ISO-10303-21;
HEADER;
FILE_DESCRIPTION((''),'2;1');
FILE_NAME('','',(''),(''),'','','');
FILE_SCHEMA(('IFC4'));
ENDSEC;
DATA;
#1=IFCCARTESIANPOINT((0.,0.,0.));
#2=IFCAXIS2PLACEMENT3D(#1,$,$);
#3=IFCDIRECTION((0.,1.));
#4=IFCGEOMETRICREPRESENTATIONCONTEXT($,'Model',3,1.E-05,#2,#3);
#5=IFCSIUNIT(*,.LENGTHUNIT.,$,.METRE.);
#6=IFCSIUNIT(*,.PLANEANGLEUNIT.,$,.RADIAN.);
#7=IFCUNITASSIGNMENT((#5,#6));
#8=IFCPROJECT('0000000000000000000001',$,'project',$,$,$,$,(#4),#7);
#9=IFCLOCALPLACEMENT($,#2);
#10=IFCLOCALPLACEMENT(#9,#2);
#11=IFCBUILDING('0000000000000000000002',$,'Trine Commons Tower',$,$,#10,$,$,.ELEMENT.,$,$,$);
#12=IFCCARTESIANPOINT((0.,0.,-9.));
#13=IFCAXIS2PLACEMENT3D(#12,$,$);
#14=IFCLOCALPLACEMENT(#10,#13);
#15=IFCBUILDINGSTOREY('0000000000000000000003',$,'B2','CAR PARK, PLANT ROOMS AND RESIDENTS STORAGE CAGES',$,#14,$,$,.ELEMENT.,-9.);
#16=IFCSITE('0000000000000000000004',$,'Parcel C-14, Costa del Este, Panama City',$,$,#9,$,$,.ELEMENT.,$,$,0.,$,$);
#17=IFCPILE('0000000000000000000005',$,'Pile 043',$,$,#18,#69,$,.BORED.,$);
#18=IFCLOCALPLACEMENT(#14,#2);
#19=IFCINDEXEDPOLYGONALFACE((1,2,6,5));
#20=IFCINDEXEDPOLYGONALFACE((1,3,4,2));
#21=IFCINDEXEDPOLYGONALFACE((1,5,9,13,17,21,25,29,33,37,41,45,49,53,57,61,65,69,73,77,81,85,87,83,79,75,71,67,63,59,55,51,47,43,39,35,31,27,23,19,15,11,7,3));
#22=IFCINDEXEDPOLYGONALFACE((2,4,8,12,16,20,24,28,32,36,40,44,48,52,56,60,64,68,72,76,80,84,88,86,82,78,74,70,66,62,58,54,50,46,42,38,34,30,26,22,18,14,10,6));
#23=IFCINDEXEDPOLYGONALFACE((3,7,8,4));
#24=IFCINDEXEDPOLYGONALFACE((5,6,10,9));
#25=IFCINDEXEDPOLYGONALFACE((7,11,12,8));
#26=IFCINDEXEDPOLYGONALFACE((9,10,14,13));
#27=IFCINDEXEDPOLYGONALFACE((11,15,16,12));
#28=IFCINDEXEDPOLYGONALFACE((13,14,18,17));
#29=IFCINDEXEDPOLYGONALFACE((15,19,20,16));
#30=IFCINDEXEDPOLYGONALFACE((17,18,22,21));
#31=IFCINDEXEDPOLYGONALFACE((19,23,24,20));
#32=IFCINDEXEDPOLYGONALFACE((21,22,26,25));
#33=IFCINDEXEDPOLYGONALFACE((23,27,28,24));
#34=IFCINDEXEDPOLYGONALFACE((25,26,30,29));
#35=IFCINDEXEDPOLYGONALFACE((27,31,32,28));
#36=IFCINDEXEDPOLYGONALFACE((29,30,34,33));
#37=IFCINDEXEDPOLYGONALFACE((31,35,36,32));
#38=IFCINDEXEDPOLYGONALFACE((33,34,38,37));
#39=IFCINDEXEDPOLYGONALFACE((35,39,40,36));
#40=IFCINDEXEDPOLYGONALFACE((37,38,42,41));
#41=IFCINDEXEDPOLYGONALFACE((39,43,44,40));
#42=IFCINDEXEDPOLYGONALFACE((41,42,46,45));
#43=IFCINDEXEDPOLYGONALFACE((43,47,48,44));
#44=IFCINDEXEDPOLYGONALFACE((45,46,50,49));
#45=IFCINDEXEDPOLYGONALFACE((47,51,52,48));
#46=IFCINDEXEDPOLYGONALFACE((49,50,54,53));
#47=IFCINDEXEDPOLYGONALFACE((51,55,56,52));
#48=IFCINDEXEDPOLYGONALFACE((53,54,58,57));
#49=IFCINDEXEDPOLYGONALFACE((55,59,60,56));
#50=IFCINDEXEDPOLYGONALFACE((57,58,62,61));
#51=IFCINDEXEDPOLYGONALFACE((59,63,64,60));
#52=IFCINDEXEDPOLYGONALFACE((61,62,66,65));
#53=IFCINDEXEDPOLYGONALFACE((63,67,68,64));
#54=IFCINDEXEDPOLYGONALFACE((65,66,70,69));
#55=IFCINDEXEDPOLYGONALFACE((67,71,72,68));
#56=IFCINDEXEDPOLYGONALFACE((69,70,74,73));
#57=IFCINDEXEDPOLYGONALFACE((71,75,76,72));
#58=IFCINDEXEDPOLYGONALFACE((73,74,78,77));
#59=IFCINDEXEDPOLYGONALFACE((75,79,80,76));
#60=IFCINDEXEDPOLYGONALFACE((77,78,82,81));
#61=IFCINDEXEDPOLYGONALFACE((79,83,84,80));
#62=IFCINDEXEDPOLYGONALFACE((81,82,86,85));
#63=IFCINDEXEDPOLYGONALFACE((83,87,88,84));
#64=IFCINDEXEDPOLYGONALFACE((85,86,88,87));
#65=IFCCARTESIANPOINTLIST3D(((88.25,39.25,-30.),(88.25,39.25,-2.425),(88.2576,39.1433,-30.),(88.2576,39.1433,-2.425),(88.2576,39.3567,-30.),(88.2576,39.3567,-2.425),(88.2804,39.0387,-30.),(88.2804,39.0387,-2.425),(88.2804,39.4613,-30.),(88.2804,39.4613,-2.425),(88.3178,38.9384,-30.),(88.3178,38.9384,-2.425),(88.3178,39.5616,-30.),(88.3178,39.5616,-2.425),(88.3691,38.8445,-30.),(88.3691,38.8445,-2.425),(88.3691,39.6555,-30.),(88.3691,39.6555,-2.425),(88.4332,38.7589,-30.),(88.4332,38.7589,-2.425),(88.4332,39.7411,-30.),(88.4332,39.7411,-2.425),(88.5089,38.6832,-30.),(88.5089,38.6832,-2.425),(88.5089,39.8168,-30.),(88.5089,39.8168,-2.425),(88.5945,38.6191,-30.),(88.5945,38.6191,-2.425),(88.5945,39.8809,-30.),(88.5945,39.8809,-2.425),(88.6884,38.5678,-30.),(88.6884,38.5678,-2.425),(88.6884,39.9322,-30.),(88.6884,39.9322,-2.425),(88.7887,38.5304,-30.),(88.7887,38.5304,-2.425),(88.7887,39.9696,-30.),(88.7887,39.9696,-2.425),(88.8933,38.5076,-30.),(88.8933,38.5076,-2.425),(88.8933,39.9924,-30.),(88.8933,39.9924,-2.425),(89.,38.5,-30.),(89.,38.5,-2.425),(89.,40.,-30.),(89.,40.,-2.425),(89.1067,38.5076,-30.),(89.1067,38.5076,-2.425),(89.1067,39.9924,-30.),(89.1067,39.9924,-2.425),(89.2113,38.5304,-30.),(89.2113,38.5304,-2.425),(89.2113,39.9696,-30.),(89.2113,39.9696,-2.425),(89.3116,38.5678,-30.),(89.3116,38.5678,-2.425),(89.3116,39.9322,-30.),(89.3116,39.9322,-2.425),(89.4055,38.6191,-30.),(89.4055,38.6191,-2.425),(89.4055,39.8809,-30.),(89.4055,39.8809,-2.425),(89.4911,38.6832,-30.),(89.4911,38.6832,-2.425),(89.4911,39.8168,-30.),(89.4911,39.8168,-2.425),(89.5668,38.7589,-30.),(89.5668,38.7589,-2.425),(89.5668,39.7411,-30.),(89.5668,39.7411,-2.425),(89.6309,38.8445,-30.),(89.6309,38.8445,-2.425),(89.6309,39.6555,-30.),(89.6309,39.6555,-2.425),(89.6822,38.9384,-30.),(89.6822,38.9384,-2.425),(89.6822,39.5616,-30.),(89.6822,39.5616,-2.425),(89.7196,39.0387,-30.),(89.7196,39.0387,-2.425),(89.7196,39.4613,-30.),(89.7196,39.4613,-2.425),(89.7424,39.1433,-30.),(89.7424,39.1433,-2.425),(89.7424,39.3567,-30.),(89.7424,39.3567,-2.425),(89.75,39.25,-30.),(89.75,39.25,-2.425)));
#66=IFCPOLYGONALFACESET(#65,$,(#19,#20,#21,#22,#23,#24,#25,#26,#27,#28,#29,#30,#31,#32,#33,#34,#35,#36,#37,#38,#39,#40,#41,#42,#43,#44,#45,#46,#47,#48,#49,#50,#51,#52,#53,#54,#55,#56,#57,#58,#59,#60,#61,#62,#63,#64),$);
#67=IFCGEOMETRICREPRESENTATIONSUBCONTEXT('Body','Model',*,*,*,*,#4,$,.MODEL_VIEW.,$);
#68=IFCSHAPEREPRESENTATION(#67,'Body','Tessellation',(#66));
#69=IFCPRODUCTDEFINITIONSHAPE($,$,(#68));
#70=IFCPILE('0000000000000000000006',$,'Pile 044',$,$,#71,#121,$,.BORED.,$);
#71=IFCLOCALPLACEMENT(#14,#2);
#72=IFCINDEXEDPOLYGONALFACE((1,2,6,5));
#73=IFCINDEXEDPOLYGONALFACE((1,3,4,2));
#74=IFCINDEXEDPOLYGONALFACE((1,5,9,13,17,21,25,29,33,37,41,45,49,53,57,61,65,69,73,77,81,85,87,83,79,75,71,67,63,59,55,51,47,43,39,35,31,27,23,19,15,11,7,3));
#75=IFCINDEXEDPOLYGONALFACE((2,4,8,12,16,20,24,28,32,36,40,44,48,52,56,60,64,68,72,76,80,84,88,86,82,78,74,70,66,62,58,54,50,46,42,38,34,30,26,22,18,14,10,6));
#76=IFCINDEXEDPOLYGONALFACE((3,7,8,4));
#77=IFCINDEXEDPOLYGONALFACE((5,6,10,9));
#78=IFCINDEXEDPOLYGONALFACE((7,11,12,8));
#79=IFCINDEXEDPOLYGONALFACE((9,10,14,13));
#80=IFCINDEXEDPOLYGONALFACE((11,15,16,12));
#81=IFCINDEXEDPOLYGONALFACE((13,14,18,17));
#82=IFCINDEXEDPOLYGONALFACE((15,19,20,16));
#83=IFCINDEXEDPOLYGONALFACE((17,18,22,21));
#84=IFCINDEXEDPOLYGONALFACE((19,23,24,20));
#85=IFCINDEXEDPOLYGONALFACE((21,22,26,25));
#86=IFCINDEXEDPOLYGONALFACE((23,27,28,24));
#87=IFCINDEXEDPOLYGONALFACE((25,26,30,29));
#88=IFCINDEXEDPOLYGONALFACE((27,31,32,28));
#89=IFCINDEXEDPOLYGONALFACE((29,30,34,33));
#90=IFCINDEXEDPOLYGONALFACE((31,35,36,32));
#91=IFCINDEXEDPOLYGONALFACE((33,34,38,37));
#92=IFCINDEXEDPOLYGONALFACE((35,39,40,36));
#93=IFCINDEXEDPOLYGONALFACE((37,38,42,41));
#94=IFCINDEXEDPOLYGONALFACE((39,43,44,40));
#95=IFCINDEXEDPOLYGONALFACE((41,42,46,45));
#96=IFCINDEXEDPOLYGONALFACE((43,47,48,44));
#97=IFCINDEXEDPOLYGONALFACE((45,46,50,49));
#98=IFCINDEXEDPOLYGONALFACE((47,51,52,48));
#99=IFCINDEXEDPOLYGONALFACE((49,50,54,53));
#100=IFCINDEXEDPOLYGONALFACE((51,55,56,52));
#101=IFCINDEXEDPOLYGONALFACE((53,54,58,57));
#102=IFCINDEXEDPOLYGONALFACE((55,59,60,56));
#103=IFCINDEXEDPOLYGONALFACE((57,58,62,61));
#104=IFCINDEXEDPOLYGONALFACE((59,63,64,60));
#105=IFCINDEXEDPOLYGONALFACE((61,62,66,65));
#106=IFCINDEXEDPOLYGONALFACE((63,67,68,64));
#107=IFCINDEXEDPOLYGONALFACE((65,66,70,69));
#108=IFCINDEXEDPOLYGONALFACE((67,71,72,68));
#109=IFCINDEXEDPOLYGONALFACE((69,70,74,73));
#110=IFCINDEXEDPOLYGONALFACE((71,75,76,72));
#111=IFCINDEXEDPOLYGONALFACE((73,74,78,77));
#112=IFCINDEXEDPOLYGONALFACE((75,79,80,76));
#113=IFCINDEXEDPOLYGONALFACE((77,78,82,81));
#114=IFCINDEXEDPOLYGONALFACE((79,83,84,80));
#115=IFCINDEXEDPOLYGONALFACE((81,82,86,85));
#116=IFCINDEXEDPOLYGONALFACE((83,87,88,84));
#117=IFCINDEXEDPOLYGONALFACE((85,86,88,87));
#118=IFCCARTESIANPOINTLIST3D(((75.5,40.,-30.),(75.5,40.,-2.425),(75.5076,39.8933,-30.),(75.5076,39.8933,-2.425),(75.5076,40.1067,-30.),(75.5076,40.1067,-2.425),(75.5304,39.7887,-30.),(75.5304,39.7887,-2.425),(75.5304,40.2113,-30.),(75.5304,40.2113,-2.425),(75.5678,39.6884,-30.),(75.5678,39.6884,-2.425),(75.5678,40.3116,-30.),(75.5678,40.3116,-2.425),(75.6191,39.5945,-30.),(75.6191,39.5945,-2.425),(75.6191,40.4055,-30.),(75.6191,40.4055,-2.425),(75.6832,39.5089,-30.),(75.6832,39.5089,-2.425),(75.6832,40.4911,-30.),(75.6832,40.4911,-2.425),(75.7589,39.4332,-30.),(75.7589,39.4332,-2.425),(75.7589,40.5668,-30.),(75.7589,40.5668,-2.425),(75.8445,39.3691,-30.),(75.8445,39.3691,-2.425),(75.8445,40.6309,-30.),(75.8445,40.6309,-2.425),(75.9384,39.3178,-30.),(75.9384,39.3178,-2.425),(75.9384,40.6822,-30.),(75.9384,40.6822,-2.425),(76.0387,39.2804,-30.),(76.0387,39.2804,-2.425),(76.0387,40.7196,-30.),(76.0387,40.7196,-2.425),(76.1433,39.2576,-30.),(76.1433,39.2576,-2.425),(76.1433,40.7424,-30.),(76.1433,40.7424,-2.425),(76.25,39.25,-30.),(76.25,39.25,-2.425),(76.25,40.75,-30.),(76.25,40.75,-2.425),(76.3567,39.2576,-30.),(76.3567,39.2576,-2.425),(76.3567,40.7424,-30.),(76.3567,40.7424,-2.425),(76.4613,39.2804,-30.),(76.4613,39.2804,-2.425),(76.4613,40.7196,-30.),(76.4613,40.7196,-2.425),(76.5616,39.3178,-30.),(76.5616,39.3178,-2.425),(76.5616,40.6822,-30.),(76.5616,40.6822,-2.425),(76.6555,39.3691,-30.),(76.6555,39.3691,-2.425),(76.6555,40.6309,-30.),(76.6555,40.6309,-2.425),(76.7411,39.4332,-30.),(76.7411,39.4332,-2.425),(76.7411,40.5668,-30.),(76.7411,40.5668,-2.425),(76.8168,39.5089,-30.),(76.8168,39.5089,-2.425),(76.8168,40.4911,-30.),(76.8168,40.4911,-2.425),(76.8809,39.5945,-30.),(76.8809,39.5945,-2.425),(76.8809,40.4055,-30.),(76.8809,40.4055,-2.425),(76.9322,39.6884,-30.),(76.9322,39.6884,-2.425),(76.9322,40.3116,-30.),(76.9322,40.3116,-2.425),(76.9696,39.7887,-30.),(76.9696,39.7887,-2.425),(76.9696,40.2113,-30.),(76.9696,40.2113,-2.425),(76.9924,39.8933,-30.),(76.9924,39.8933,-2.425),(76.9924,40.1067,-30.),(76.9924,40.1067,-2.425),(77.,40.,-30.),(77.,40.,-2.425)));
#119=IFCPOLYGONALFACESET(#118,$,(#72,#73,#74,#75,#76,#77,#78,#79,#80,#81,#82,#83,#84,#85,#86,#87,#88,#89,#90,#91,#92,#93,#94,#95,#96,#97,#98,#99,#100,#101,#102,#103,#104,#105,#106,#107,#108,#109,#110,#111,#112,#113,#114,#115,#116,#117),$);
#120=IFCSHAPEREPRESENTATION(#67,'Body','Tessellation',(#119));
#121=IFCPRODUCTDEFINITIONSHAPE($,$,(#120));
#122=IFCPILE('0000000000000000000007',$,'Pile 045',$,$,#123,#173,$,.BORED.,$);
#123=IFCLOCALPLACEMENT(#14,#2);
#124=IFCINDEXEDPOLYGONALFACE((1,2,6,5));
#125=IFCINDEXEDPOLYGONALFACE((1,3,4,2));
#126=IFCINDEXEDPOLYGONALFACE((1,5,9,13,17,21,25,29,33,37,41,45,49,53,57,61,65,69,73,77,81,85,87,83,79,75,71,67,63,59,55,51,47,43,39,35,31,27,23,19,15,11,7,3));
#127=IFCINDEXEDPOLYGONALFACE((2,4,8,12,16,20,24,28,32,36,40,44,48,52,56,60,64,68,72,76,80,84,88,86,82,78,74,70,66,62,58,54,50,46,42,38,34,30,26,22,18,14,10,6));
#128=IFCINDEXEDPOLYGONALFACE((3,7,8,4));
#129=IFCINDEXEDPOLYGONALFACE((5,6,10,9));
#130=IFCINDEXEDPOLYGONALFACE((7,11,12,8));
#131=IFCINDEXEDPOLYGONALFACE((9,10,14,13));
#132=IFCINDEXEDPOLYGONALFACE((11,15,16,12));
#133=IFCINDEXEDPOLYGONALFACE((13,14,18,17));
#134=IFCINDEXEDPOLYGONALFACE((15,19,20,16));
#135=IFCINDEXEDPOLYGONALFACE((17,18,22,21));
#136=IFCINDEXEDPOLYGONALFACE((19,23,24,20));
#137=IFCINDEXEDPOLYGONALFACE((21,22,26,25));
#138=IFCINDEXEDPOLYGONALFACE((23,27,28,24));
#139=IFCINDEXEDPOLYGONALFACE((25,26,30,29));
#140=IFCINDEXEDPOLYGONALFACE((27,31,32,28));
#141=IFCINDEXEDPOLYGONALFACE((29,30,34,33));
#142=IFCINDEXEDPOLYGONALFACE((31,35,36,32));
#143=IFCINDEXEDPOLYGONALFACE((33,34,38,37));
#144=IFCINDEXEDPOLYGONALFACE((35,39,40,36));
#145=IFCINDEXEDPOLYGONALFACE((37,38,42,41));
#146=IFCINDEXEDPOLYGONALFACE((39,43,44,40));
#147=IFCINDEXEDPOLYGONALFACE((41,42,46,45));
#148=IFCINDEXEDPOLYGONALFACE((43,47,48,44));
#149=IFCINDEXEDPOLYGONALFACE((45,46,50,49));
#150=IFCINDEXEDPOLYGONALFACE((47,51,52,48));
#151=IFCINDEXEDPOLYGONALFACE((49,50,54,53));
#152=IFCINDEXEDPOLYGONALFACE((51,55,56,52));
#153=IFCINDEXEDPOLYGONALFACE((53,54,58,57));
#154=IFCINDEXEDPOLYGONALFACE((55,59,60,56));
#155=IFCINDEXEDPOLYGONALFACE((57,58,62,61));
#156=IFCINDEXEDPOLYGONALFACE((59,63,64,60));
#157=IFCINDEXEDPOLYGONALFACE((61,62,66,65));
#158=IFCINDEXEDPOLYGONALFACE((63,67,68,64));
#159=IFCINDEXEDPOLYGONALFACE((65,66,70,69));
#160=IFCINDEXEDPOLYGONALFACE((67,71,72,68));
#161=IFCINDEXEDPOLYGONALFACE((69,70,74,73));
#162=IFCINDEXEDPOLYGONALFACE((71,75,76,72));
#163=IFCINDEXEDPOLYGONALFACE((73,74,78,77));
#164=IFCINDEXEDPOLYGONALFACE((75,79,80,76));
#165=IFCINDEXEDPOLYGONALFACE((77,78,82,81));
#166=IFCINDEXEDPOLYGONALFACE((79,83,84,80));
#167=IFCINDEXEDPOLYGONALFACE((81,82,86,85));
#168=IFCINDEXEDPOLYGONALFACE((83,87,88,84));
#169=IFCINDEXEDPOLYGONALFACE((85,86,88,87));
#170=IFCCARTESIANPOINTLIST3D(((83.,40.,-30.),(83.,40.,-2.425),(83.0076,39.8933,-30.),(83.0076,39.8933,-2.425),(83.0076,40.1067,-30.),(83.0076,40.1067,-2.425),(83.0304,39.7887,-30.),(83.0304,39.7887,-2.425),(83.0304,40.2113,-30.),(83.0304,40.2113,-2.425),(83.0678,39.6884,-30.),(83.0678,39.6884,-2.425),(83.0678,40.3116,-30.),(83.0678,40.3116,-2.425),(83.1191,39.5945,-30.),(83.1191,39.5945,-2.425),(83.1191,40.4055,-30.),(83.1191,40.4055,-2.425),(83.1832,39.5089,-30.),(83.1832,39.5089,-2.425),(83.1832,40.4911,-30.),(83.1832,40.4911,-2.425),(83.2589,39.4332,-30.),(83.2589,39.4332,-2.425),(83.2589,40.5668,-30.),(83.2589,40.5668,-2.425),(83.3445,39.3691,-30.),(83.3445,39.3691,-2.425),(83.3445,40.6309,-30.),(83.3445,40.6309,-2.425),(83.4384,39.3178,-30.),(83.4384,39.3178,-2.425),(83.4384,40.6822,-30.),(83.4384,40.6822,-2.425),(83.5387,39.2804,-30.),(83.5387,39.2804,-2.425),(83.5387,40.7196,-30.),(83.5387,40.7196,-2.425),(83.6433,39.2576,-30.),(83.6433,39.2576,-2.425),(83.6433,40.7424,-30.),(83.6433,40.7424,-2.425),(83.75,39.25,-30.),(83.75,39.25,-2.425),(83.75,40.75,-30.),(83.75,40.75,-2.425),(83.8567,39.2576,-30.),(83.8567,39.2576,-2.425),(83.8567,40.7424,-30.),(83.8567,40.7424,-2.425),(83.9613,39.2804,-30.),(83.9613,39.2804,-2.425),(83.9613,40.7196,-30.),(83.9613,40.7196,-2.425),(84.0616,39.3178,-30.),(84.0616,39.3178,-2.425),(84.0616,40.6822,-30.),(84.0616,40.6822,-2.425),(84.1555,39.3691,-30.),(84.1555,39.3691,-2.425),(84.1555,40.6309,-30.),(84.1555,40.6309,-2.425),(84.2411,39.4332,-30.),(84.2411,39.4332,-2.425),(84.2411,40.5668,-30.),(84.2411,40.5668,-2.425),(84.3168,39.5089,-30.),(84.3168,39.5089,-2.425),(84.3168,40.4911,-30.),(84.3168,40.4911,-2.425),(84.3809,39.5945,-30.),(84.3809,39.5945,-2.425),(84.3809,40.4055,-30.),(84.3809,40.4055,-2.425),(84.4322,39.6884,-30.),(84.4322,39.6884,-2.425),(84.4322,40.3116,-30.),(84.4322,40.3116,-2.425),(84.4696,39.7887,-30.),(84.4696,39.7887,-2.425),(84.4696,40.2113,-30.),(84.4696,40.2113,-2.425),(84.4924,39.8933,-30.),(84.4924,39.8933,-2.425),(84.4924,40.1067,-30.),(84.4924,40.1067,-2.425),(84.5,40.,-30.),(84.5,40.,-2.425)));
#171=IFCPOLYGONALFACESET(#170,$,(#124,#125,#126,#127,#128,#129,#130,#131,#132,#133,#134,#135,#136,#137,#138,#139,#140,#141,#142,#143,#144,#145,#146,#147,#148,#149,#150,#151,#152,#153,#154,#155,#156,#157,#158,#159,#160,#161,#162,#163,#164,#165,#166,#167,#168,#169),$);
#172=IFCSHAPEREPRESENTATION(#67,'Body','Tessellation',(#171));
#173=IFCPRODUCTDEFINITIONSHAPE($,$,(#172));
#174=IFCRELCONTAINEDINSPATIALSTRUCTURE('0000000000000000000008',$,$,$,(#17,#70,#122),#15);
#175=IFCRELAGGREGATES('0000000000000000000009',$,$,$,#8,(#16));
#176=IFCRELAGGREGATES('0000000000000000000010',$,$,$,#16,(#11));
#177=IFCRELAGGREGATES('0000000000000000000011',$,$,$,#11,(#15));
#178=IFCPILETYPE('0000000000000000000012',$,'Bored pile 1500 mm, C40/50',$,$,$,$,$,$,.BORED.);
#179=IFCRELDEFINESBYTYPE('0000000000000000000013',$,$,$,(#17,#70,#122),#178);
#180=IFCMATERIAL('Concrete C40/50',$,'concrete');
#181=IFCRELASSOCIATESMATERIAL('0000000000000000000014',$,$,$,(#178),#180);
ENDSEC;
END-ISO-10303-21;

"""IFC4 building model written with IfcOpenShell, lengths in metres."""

from ifc_helpers import new_model, si_unit, direction, frame, origin, origin_2d, place, context, subcontext, project, spatial, circle, extrude, material, type_object, element, save


model = new_model("IFC4")

# Units and contexts
model_context = context("Model", 3, precision=1e-05, world=origin(), true_north=direction((0.0, 1.0)))
body_context = subcontext(model_context, "Body", "Model", "MODEL_VIEW")
ifc_project = project(units=[si_unit("LENGTHUNIT", "METRE"), si_unit("PLANEANGLEUNIT", "RADIAN")], contexts=[model_context])

# Site, building, storey
site_placement = place(None, origin())
site = spatial("IfcSite", under=ifc_project, at=site_placement, Name="Parcel C-14, Costa del Este, Panama City", CompositionType="ELEMENT", RefElevation=0.0)
building_placement = place(site_placement, origin())
building = spatial("IfcBuilding", under=site, at=building_placement, Name="Trine Commons Tower", CompositionType="ELEMENT")
storey_placement = place(building_placement, frame((0.0, 0.0, -9.0)))
storey = spatial("IfcBuildingStorey", under=building, at=storey_placement, Name="B2", Description="CAR PARK, PLANT ROOMS AND RESIDENTS STORAGE CAGES", CompositionType="ELEMENT", Elevation=-9.0)

# Piles
ifc_material_1 = material(Name="Concrete C40/50", Category="concrete")
pile_type_1 = type_object("IfcPileType", Name="Bored pile 1500 mm, C40/50", PredefinedType="BORED", material=ifc_material_1)
for number, where, z_axis, x_axis, name in (
    (1, (89.0, 39.25, -2.425), (0.0, 0.0, -1.0), (1.0, 0.0, 0.0), "Pile 043"),
    (2, (76.25, 40.0, -2.425), (0.0, 0.0, -1.0), (1.0, 0.0, 0.0), "Pile 044"),
    (3, (83.75, 40.0, -2.425), (0.0, 0.0, -1.0), (1.0, 0.0, 0.0), "Pile 045"),
):
    element("IfcPile", number, at=place(storey_placement, frame(where, z_axis=z_axis, x_axis=x_axis)), inside=storey, type_object=pile_type_1, Name=name, PredefinedType="BORED", context=body_context, shape_type="SweptSolid", body=[
        extrude(circle(Radius=0.75, at=origin_2d()), origin(), (0.0, 0.0, 1.0), 27.575),
    ])

save(model, "model.ifc")
